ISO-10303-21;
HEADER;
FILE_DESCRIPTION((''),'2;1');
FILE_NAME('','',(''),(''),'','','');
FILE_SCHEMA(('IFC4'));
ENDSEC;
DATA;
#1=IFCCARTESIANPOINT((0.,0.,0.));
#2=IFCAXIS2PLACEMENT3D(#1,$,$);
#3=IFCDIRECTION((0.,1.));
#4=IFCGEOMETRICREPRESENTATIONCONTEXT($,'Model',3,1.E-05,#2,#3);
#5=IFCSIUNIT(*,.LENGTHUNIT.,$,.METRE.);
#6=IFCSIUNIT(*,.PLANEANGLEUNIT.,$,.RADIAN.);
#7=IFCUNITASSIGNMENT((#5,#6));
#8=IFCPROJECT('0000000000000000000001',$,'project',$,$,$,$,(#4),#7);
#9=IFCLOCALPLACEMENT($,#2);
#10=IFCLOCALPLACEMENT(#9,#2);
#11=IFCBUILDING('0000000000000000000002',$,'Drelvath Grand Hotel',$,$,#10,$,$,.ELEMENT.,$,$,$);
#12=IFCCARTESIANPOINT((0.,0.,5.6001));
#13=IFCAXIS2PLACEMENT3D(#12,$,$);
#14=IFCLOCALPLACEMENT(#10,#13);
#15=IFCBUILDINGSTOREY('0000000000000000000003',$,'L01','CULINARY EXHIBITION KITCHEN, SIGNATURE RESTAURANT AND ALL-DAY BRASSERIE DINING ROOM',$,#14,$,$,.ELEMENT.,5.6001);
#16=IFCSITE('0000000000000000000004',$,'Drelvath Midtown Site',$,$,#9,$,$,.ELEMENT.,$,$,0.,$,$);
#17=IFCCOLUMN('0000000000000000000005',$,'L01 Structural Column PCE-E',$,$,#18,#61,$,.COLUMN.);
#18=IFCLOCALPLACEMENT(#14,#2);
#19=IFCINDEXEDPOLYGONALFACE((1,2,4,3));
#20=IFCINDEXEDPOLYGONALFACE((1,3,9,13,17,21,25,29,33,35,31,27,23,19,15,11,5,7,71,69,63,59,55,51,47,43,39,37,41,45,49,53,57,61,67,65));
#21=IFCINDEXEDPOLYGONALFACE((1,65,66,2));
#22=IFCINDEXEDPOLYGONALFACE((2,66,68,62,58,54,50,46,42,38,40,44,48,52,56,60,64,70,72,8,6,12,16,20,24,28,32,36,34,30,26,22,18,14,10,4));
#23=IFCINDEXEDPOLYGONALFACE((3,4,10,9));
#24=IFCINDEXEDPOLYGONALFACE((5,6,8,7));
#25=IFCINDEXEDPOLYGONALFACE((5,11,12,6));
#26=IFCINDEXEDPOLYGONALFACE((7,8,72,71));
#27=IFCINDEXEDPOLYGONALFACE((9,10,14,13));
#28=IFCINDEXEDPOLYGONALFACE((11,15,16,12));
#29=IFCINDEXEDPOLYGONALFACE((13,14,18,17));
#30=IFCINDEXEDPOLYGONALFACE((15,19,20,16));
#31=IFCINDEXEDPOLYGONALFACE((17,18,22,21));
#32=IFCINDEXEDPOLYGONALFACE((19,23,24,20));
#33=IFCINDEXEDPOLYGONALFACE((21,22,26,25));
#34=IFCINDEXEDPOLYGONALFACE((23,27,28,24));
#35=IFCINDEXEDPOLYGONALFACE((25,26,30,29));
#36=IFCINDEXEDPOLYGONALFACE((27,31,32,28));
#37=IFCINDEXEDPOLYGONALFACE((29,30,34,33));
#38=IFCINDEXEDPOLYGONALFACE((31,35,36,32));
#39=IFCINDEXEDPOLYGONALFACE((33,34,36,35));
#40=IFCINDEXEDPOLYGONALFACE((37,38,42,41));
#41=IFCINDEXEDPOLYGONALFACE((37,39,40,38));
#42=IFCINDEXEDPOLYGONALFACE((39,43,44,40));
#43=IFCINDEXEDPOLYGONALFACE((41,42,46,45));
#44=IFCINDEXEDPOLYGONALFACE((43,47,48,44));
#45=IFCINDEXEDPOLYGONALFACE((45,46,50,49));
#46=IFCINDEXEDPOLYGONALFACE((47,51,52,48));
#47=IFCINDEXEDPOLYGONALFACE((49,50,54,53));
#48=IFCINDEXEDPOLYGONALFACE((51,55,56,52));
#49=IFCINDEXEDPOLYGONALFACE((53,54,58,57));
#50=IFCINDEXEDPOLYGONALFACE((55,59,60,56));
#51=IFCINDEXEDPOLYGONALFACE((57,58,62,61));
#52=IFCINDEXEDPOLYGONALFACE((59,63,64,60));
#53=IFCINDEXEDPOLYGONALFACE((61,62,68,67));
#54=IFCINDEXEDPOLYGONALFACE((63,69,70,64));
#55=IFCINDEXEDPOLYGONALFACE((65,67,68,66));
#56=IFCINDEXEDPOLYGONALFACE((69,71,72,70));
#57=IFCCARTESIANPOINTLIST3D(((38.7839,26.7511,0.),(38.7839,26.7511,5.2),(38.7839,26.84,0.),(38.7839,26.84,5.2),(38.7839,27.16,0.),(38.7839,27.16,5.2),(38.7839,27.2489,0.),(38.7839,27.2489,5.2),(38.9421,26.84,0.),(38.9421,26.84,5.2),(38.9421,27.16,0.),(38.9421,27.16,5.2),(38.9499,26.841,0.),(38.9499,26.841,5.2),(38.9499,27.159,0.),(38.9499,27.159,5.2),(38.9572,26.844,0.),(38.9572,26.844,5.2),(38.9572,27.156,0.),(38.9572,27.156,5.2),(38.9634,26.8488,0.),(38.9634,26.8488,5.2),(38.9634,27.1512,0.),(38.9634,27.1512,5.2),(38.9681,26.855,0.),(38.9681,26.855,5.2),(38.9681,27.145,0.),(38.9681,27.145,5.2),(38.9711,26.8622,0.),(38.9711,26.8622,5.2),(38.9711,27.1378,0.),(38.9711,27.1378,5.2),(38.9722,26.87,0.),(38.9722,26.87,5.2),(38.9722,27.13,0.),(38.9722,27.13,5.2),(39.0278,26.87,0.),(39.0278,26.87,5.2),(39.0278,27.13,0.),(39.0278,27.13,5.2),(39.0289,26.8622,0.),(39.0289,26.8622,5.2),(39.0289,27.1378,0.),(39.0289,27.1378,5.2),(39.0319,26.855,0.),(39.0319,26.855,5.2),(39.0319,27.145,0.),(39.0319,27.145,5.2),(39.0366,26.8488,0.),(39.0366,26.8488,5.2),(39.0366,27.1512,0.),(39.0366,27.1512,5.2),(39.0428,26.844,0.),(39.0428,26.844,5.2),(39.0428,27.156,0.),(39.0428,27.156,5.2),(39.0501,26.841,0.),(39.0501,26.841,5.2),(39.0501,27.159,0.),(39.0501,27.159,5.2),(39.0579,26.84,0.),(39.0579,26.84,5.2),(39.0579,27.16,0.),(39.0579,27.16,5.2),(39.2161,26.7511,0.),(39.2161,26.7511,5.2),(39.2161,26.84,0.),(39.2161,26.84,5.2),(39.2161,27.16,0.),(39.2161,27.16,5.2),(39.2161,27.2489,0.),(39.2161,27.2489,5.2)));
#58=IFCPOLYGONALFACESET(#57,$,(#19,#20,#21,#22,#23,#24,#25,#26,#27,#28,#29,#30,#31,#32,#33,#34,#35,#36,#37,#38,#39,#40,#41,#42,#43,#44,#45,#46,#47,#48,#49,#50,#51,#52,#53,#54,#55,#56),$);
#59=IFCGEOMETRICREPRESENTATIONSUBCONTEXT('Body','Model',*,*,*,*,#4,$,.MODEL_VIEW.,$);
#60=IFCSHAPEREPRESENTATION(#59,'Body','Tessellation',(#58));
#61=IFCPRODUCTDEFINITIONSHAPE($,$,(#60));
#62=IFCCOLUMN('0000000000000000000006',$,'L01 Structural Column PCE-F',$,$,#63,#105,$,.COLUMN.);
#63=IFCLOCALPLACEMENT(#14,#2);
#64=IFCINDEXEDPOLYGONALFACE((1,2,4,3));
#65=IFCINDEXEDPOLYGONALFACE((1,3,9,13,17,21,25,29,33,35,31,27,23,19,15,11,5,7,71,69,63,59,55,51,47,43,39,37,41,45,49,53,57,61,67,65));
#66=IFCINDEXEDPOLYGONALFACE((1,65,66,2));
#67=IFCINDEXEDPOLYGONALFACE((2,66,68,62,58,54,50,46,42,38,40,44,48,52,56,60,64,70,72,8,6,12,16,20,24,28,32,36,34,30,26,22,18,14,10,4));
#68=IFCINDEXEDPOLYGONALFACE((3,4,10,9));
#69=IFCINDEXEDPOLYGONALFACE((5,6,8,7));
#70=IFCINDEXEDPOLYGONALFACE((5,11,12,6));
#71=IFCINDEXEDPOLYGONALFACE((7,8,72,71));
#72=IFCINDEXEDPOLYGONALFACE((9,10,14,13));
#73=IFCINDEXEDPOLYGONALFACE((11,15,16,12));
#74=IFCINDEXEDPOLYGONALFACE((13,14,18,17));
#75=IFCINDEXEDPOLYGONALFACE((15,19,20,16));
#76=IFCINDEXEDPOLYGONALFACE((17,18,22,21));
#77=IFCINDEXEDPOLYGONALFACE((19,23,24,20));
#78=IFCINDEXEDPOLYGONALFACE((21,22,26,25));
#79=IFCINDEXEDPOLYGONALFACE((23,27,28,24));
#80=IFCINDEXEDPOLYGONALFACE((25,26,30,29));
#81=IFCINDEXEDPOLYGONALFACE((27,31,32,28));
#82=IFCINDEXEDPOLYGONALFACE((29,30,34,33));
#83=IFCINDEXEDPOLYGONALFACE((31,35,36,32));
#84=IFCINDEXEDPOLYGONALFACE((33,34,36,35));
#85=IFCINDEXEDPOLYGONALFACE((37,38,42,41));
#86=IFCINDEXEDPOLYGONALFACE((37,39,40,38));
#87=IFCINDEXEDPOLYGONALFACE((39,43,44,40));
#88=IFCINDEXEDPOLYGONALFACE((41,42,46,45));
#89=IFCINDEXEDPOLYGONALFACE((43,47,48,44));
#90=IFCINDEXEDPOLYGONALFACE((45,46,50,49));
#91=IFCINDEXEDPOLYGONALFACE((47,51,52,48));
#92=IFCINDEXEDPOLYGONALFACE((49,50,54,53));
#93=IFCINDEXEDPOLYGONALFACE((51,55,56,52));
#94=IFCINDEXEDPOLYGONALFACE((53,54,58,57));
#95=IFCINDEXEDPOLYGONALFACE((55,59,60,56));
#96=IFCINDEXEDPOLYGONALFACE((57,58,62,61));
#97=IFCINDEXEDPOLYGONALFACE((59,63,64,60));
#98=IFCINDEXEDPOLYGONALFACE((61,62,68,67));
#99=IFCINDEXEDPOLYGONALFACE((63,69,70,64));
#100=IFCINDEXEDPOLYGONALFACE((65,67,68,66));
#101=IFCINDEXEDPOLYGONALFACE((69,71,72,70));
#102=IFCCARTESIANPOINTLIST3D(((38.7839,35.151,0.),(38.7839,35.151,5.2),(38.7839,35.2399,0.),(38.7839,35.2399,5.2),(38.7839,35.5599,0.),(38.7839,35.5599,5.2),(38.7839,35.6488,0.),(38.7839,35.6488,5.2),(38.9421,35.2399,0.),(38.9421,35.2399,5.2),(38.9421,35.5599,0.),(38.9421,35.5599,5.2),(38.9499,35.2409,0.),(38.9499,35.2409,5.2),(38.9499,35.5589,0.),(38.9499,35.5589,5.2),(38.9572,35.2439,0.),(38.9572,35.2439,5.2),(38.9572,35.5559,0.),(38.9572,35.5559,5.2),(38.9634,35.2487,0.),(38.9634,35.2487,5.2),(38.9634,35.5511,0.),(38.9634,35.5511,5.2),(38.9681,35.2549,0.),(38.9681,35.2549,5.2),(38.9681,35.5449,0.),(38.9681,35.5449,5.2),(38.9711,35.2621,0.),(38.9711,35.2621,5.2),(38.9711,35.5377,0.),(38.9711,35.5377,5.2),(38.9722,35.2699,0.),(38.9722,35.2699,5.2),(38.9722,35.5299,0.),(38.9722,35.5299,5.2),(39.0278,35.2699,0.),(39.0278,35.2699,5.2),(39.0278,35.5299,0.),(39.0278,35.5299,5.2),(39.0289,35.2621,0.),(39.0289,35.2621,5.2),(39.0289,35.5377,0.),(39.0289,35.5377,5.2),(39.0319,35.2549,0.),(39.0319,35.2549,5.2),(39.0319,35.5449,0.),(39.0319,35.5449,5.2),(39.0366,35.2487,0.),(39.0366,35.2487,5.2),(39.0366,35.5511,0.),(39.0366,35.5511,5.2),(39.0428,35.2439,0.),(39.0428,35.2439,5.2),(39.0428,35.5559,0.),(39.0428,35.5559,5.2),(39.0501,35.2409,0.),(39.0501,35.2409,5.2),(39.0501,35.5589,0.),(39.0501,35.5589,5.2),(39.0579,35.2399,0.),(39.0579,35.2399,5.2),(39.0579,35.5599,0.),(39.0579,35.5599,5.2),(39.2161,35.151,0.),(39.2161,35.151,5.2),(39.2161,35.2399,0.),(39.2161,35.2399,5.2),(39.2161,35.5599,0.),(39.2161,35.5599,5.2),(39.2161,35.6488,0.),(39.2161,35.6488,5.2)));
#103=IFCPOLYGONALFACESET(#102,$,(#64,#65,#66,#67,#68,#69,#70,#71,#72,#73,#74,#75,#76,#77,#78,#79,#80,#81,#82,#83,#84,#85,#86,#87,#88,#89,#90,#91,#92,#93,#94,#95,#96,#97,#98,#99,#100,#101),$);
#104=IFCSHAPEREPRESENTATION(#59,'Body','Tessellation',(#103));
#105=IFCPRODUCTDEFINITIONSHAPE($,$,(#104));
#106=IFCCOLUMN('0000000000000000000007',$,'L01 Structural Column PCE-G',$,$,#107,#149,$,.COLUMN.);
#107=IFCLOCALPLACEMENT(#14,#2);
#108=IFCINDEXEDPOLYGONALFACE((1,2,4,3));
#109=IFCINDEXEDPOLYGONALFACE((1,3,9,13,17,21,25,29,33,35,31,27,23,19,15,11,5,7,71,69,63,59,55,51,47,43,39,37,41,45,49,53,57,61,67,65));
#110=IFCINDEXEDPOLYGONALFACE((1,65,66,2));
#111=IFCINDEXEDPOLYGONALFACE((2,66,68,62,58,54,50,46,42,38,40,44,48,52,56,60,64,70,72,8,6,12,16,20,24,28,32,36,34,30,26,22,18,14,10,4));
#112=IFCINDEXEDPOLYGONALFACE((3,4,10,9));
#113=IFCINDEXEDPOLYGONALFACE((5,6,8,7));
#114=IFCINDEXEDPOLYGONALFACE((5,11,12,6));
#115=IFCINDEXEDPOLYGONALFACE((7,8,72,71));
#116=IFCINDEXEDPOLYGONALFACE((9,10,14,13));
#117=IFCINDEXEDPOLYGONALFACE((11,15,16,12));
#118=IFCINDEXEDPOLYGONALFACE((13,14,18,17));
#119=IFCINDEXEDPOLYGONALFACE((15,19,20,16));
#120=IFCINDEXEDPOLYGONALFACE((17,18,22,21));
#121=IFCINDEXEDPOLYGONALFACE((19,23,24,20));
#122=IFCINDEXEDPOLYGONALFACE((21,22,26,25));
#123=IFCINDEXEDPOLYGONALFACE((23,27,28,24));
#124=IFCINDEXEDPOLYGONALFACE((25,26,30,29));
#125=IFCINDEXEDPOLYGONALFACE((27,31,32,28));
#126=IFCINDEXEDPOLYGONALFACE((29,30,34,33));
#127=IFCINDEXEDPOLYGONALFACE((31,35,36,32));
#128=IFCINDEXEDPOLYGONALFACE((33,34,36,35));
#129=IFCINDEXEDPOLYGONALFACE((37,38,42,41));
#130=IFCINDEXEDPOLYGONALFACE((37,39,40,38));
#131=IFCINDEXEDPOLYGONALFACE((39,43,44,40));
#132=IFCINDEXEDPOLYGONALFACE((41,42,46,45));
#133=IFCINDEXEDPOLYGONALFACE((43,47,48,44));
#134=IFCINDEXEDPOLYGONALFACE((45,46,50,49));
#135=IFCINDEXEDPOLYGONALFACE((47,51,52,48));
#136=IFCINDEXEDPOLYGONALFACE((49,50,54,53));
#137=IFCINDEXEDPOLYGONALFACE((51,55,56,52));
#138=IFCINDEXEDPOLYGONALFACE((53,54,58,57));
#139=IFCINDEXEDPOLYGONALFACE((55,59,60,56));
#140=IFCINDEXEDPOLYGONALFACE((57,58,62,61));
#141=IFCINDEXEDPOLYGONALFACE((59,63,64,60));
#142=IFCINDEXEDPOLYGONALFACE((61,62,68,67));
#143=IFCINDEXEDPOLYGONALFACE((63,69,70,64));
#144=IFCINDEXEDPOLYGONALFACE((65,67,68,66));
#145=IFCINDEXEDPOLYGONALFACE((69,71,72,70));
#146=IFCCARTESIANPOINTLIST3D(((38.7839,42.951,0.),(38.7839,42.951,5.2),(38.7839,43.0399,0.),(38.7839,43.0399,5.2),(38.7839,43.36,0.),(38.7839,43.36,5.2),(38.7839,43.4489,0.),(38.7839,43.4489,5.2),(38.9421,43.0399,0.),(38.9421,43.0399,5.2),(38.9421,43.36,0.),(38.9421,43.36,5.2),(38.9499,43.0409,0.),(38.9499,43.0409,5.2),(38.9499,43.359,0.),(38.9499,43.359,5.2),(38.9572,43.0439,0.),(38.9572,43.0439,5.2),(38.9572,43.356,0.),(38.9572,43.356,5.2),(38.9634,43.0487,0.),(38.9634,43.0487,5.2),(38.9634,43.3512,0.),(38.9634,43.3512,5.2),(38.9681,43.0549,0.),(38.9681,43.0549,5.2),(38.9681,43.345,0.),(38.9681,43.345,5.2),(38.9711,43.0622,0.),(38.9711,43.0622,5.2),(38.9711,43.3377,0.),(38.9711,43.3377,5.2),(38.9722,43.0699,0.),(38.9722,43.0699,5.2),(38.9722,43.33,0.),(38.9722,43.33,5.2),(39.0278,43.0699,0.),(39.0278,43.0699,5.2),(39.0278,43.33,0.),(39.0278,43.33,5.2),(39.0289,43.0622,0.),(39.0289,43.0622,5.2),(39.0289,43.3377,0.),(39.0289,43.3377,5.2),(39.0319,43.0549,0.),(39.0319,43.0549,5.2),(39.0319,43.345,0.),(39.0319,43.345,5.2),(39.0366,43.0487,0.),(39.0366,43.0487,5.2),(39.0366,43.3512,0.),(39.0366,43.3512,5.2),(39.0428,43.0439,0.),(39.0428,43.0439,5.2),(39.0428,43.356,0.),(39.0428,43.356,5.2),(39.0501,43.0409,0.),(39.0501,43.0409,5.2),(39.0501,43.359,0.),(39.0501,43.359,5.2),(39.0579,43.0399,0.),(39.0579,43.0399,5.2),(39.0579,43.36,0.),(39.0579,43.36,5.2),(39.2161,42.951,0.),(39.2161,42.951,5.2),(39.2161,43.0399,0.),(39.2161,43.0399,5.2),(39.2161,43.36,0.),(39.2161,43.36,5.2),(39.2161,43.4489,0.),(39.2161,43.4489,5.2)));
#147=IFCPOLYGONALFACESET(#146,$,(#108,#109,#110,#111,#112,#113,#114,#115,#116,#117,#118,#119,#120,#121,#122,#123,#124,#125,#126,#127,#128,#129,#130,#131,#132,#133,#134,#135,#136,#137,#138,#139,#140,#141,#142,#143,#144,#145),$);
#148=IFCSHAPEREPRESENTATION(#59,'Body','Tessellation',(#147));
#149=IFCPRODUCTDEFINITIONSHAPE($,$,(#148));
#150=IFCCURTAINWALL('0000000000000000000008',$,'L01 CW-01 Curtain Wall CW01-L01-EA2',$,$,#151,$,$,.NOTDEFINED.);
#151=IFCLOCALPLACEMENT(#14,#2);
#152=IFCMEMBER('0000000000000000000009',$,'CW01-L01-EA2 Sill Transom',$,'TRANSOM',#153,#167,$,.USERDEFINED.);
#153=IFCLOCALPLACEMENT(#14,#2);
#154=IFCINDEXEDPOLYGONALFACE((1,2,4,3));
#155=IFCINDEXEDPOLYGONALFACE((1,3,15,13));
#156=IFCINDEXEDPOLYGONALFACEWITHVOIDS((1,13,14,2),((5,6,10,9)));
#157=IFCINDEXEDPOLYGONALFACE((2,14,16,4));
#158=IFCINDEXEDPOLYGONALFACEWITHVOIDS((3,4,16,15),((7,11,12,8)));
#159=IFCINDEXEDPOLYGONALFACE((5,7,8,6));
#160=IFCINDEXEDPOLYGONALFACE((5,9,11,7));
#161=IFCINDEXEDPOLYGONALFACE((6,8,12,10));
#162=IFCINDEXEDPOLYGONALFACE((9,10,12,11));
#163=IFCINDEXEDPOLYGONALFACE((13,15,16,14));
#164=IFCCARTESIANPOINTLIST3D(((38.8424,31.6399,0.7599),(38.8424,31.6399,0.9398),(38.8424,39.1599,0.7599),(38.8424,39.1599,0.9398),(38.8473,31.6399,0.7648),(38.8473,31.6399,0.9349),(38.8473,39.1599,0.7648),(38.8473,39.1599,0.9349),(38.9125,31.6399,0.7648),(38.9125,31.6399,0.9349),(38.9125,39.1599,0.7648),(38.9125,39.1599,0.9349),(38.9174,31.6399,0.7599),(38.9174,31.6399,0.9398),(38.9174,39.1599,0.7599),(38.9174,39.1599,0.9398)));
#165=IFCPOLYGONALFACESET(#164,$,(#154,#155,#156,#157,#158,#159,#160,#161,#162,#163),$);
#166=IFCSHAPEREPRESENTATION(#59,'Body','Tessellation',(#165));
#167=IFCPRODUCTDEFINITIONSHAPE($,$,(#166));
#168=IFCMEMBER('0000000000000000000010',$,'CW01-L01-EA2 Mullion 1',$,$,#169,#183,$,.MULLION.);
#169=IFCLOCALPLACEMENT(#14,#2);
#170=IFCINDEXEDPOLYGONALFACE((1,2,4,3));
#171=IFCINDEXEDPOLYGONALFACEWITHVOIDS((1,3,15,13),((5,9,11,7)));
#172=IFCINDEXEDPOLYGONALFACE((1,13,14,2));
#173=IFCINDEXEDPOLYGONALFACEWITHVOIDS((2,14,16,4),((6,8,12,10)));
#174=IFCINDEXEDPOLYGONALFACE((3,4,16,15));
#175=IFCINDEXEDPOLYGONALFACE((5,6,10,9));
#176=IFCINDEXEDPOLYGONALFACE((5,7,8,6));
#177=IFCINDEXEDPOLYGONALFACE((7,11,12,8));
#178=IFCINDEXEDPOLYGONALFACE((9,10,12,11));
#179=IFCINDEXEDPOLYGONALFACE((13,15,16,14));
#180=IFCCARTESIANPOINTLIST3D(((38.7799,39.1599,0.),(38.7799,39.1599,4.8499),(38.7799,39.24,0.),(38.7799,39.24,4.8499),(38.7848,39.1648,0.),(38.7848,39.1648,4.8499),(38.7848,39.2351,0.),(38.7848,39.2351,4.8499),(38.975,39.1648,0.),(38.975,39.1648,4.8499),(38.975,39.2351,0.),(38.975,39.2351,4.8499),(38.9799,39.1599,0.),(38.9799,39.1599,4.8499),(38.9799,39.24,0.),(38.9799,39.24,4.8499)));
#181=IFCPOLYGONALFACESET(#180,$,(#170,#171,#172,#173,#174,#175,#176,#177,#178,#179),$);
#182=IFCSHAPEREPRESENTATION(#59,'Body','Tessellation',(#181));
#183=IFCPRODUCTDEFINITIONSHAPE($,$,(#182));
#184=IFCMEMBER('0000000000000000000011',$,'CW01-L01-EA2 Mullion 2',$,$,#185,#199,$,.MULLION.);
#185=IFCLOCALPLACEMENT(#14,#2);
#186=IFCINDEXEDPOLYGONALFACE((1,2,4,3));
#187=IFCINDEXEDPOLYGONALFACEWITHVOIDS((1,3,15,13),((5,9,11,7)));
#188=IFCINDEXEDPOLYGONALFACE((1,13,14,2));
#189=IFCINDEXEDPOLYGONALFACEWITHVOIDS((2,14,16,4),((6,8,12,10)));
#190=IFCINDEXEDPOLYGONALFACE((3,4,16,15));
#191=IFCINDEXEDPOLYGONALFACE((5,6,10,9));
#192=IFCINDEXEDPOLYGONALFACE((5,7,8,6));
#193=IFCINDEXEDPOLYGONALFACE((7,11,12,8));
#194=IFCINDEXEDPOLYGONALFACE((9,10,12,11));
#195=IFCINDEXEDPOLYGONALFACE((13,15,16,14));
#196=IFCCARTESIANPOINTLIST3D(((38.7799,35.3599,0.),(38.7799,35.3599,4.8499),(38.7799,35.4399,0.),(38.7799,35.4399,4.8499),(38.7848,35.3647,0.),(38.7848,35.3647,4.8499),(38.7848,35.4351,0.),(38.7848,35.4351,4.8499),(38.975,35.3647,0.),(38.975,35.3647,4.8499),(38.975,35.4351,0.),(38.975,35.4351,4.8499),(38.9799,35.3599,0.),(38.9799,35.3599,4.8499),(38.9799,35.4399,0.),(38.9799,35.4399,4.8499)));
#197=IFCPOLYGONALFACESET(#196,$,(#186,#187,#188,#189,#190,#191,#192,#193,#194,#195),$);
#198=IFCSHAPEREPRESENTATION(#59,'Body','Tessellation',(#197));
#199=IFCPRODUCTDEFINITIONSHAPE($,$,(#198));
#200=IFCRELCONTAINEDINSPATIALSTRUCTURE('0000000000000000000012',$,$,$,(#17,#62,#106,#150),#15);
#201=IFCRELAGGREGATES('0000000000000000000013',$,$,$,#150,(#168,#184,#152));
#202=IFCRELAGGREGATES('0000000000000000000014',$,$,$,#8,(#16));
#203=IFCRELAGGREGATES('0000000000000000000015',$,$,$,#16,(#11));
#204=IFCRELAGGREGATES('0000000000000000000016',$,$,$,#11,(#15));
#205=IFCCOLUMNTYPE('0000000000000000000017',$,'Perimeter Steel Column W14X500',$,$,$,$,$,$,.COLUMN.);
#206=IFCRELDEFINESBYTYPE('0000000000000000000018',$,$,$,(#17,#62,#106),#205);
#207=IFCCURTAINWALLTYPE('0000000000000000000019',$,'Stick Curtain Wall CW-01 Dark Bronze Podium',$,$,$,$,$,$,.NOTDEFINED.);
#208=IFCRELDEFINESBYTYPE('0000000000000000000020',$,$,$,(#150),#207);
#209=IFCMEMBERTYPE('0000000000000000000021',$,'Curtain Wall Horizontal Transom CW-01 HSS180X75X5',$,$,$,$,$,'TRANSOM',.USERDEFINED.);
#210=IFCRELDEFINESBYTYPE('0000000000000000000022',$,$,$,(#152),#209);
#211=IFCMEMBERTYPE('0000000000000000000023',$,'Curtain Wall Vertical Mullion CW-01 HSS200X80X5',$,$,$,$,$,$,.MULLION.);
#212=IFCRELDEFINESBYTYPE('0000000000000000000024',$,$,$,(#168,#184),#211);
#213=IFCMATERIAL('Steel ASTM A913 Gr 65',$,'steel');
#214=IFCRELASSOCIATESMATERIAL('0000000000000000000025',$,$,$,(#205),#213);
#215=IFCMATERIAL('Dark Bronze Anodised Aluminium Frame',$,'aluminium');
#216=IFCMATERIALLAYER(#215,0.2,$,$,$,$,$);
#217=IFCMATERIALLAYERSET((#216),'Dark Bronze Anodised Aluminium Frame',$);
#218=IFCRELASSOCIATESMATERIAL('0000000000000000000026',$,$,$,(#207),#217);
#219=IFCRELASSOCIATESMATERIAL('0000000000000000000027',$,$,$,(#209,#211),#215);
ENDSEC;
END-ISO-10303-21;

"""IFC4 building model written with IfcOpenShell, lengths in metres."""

from ifc_helpers import new_model, si_unit, direction, frame, origin, origin_2d, place, context, subcontext, project, spatial, hollow_rectangle, i_section, extrude, material, layer, layer_set, material_profile, profile_set, type_object, element, aggregate, save


model = new_model("IFC4")

# Units and contexts
model_context = context("Model", 3, precision=1e-05, world=origin(), true_north=direction((0.0, 1.0)))
body_context = subcontext(model_context, "Body", "Model", "MODEL_VIEW")
ifc_project = project(units=[si_unit("LENGTHUNIT", "METRE"), si_unit("PLANEANGLEUNIT", "RADIAN")], contexts=[model_context])

# Site, building, storey
site_placement = place(None, origin())
site = spatial("IfcSite", under=ifc_project, at=site_placement, Name="Drelvath Midtown Site", CompositionType="ELEMENT", RefElevation=0.0)
building_placement = place(site_placement, origin())
building = spatial("IfcBuilding", under=site, at=building_placement, Name="Drelvath Grand Hotel", CompositionType="ELEMENT")
storey_placement = place(building_placement, frame((0.0, 0.0, 5.6001)))
storey = spatial("IfcBuildingStorey", under=building, at=storey_placement, Name="L01", Description="CULINARY EXHIBITION KITCHEN, SIGNATURE RESTAURANT AND ALL-DAY BRASSERIE DINING ROOM", CompositionType="ELEMENT", Elevation=5.6001)

# Columns
ifc_material_1 = material(Name="Steel ASTM A913 Gr 65", Category="steel")
ifc_material_profile_1 = material_profile(ifc_material_1, i_section(OverallWidth=0.4321, OverallDepth=0.4978, WebThickness=0.0557, FlangeThickness=0.0889, FilletRadius=0.03, at=origin_2d()), Name="W14X500")
ifc_profile_set_1 = profile_set([ifc_material_profile_1], Name="Steel ASTM A913 Gr 65")
column_type = type_object("IfcColumnType", Name="Perimeter Steel Column W14X500", PredefinedType="COLUMN", material=ifc_profile_set_1)
for number, where, z_axis, x_axis, name in (
    (1, (39.0, 27.0, 0.0), (0.0, 0.0, 1.0), (1.0, 0.0, 0.0), "L01 Structural Column PCE-E"),
    (2, (39.0, 35.3999, 0.0), (0.0, 0.0, 1.0), (1.0, 0.0, 0.0), "L01 Structural Column PCE-F"),
    (3, (39.0, 43.2, 0.0), (0.0, 0.0, 1.0), (1.0, 0.0, 0.0), "L01 Structural Column PCE-G"),
):
    element("IfcColumn", number, at=place(storey_placement, frame(where, z_axis=z_axis, x_axis=x_axis)), inside=storey, type_object=column_type, Name=name, PredefinedType="COLUMN", context=body_context, shape_type="SweptSolid", body=[
        extrude(i_section(OverallWidth=0.4321, OverallDepth=0.4978, WebThickness=0.0557, FlangeThickness=0.0889, FilletRadius=0.03, at=origin_2d()), origin(), (0.0, 0.0, 1.0), 5.2),
    ])

# Curtain wall, members
ifc_material_2 = material(Name="Dark Bronze Anodised Aluminium Frame", Category="aluminium")
ifc_layer_1 = layer(ifc_material_2, 0.2)
ifc_layer_set_1 = layer_set([ifc_layer_1], Name="Dark Bronze Anodised Aluminium Frame")
curtain_wall_type = type_object("IfcCurtainWallType", Name="Stick Curtain Wall CW-01 Dark Bronze Podium", PredefinedType="NOTDEFINED", material=ifc_layer_set_1)
curtain_wall_placement = place(storey_placement, origin())
curtain_wall = element("IfcCurtainWall", 4, at=curtain_wall_placement, inside=storey, type_object=curtain_wall_type, Name="L01 CW-01 Curtain Wall CW01-L01-EA2", PredefinedType="NOTDEFINED")
ifc_material_profile_2 = material_profile(ifc_material_2, hollow_rectangle(XDim=0.075, YDim=0.1799, WallThickness=0.0049, at=origin_2d()), Name="HSS180X75X5")
ifc_profile_set_2 = profile_set([ifc_material_profile_2], Name="Dark Bronze Anodised Aluminium Frame")
member_type_1 = type_object("IfcMemberType", Name="Curtain Wall Horizontal Transom CW-01 HSS180X75X5", ElementType="TRANSOM", PredefinedType="USERDEFINED", material=ifc_profile_set_2)
member_1_placement = place(storey_placement, frame((38.8799, 39.1599, 0.8499), z_axis=(0.0, -1.0, 0.0), x_axis=(1.0, 0.0, 0.0)))
member_1 = element("IfcMember", 5, at=member_1_placement, type_object=member_type_1, Name="CW01-L01-EA2 Sill Transom", ObjectType="TRANSOM", PredefinedType="USERDEFINED", context=body_context, shape_type="SweptSolid", body=[
    extrude(hollow_rectangle(XDim=0.075, YDim=0.1799, WallThickness=0.0049, at=origin_2d()), origin(), (0.0, 0.0, 1.0), 7.52),
])
ifc_material_profile_3 = material_profile(ifc_material_2, hollow_rectangle(XDim=0.0801, YDim=0.2, WallThickness=0.0049, at=origin_2d()), Name="HSS200X80X5")
ifc_profile_set_3 = profile_set([ifc_material_profile_3], Name="Dark Bronze Anodised Aluminium Frame")
member_type_2 = type_object("IfcMemberType", Name="Curtain Wall Vertical Mullion CW-01 HSS200X80X5", PredefinedType="MULLION", material=ifc_profile_set_3)
member_2_placement = place(storey_placement, frame((38.8799, 39.2, 0.0), z_axis=(0.0, 0.0, 1.0), x_axis=(0.0, 1.0, 0.0)))
member_2 = element("IfcMember", 6, at=member_2_placement, type_object=member_type_2, Name="CW01-L01-EA2 Mullion 1", PredefinedType="MULLION", context=body_context, shape_type="SweptSolid", body=[
    extrude(hollow_rectangle(XDim=0.0801, YDim=0.2, WallThickness=0.0049, at=origin_2d()), origin(), (0.0, 0.0, 1.0), 4.8499),
])
member_3_placement = place(storey_placement, frame((38.8799, 35.3999, 0.0), z_axis=(0.0, 0.0, 1.0), x_axis=(0.0, 1.0, 0.0)))
member_3 = element("IfcMember", 7, at=member_3_placement, type_object=member_type_2, Name="CW01-L01-EA2 Mullion 2", PredefinedType="MULLION", context=body_context, shape_type="SweptSolid", body=[
    extrude(hollow_rectangle(XDim=0.0801, YDim=0.2, WallThickness=0.0049, at=origin_2d()), origin(), (0.0, 0.0, 1.0), 4.8499),
])

aggregate(curtain_wall, [member_2, member_3, member_1])

save(model, "model.ifc")
